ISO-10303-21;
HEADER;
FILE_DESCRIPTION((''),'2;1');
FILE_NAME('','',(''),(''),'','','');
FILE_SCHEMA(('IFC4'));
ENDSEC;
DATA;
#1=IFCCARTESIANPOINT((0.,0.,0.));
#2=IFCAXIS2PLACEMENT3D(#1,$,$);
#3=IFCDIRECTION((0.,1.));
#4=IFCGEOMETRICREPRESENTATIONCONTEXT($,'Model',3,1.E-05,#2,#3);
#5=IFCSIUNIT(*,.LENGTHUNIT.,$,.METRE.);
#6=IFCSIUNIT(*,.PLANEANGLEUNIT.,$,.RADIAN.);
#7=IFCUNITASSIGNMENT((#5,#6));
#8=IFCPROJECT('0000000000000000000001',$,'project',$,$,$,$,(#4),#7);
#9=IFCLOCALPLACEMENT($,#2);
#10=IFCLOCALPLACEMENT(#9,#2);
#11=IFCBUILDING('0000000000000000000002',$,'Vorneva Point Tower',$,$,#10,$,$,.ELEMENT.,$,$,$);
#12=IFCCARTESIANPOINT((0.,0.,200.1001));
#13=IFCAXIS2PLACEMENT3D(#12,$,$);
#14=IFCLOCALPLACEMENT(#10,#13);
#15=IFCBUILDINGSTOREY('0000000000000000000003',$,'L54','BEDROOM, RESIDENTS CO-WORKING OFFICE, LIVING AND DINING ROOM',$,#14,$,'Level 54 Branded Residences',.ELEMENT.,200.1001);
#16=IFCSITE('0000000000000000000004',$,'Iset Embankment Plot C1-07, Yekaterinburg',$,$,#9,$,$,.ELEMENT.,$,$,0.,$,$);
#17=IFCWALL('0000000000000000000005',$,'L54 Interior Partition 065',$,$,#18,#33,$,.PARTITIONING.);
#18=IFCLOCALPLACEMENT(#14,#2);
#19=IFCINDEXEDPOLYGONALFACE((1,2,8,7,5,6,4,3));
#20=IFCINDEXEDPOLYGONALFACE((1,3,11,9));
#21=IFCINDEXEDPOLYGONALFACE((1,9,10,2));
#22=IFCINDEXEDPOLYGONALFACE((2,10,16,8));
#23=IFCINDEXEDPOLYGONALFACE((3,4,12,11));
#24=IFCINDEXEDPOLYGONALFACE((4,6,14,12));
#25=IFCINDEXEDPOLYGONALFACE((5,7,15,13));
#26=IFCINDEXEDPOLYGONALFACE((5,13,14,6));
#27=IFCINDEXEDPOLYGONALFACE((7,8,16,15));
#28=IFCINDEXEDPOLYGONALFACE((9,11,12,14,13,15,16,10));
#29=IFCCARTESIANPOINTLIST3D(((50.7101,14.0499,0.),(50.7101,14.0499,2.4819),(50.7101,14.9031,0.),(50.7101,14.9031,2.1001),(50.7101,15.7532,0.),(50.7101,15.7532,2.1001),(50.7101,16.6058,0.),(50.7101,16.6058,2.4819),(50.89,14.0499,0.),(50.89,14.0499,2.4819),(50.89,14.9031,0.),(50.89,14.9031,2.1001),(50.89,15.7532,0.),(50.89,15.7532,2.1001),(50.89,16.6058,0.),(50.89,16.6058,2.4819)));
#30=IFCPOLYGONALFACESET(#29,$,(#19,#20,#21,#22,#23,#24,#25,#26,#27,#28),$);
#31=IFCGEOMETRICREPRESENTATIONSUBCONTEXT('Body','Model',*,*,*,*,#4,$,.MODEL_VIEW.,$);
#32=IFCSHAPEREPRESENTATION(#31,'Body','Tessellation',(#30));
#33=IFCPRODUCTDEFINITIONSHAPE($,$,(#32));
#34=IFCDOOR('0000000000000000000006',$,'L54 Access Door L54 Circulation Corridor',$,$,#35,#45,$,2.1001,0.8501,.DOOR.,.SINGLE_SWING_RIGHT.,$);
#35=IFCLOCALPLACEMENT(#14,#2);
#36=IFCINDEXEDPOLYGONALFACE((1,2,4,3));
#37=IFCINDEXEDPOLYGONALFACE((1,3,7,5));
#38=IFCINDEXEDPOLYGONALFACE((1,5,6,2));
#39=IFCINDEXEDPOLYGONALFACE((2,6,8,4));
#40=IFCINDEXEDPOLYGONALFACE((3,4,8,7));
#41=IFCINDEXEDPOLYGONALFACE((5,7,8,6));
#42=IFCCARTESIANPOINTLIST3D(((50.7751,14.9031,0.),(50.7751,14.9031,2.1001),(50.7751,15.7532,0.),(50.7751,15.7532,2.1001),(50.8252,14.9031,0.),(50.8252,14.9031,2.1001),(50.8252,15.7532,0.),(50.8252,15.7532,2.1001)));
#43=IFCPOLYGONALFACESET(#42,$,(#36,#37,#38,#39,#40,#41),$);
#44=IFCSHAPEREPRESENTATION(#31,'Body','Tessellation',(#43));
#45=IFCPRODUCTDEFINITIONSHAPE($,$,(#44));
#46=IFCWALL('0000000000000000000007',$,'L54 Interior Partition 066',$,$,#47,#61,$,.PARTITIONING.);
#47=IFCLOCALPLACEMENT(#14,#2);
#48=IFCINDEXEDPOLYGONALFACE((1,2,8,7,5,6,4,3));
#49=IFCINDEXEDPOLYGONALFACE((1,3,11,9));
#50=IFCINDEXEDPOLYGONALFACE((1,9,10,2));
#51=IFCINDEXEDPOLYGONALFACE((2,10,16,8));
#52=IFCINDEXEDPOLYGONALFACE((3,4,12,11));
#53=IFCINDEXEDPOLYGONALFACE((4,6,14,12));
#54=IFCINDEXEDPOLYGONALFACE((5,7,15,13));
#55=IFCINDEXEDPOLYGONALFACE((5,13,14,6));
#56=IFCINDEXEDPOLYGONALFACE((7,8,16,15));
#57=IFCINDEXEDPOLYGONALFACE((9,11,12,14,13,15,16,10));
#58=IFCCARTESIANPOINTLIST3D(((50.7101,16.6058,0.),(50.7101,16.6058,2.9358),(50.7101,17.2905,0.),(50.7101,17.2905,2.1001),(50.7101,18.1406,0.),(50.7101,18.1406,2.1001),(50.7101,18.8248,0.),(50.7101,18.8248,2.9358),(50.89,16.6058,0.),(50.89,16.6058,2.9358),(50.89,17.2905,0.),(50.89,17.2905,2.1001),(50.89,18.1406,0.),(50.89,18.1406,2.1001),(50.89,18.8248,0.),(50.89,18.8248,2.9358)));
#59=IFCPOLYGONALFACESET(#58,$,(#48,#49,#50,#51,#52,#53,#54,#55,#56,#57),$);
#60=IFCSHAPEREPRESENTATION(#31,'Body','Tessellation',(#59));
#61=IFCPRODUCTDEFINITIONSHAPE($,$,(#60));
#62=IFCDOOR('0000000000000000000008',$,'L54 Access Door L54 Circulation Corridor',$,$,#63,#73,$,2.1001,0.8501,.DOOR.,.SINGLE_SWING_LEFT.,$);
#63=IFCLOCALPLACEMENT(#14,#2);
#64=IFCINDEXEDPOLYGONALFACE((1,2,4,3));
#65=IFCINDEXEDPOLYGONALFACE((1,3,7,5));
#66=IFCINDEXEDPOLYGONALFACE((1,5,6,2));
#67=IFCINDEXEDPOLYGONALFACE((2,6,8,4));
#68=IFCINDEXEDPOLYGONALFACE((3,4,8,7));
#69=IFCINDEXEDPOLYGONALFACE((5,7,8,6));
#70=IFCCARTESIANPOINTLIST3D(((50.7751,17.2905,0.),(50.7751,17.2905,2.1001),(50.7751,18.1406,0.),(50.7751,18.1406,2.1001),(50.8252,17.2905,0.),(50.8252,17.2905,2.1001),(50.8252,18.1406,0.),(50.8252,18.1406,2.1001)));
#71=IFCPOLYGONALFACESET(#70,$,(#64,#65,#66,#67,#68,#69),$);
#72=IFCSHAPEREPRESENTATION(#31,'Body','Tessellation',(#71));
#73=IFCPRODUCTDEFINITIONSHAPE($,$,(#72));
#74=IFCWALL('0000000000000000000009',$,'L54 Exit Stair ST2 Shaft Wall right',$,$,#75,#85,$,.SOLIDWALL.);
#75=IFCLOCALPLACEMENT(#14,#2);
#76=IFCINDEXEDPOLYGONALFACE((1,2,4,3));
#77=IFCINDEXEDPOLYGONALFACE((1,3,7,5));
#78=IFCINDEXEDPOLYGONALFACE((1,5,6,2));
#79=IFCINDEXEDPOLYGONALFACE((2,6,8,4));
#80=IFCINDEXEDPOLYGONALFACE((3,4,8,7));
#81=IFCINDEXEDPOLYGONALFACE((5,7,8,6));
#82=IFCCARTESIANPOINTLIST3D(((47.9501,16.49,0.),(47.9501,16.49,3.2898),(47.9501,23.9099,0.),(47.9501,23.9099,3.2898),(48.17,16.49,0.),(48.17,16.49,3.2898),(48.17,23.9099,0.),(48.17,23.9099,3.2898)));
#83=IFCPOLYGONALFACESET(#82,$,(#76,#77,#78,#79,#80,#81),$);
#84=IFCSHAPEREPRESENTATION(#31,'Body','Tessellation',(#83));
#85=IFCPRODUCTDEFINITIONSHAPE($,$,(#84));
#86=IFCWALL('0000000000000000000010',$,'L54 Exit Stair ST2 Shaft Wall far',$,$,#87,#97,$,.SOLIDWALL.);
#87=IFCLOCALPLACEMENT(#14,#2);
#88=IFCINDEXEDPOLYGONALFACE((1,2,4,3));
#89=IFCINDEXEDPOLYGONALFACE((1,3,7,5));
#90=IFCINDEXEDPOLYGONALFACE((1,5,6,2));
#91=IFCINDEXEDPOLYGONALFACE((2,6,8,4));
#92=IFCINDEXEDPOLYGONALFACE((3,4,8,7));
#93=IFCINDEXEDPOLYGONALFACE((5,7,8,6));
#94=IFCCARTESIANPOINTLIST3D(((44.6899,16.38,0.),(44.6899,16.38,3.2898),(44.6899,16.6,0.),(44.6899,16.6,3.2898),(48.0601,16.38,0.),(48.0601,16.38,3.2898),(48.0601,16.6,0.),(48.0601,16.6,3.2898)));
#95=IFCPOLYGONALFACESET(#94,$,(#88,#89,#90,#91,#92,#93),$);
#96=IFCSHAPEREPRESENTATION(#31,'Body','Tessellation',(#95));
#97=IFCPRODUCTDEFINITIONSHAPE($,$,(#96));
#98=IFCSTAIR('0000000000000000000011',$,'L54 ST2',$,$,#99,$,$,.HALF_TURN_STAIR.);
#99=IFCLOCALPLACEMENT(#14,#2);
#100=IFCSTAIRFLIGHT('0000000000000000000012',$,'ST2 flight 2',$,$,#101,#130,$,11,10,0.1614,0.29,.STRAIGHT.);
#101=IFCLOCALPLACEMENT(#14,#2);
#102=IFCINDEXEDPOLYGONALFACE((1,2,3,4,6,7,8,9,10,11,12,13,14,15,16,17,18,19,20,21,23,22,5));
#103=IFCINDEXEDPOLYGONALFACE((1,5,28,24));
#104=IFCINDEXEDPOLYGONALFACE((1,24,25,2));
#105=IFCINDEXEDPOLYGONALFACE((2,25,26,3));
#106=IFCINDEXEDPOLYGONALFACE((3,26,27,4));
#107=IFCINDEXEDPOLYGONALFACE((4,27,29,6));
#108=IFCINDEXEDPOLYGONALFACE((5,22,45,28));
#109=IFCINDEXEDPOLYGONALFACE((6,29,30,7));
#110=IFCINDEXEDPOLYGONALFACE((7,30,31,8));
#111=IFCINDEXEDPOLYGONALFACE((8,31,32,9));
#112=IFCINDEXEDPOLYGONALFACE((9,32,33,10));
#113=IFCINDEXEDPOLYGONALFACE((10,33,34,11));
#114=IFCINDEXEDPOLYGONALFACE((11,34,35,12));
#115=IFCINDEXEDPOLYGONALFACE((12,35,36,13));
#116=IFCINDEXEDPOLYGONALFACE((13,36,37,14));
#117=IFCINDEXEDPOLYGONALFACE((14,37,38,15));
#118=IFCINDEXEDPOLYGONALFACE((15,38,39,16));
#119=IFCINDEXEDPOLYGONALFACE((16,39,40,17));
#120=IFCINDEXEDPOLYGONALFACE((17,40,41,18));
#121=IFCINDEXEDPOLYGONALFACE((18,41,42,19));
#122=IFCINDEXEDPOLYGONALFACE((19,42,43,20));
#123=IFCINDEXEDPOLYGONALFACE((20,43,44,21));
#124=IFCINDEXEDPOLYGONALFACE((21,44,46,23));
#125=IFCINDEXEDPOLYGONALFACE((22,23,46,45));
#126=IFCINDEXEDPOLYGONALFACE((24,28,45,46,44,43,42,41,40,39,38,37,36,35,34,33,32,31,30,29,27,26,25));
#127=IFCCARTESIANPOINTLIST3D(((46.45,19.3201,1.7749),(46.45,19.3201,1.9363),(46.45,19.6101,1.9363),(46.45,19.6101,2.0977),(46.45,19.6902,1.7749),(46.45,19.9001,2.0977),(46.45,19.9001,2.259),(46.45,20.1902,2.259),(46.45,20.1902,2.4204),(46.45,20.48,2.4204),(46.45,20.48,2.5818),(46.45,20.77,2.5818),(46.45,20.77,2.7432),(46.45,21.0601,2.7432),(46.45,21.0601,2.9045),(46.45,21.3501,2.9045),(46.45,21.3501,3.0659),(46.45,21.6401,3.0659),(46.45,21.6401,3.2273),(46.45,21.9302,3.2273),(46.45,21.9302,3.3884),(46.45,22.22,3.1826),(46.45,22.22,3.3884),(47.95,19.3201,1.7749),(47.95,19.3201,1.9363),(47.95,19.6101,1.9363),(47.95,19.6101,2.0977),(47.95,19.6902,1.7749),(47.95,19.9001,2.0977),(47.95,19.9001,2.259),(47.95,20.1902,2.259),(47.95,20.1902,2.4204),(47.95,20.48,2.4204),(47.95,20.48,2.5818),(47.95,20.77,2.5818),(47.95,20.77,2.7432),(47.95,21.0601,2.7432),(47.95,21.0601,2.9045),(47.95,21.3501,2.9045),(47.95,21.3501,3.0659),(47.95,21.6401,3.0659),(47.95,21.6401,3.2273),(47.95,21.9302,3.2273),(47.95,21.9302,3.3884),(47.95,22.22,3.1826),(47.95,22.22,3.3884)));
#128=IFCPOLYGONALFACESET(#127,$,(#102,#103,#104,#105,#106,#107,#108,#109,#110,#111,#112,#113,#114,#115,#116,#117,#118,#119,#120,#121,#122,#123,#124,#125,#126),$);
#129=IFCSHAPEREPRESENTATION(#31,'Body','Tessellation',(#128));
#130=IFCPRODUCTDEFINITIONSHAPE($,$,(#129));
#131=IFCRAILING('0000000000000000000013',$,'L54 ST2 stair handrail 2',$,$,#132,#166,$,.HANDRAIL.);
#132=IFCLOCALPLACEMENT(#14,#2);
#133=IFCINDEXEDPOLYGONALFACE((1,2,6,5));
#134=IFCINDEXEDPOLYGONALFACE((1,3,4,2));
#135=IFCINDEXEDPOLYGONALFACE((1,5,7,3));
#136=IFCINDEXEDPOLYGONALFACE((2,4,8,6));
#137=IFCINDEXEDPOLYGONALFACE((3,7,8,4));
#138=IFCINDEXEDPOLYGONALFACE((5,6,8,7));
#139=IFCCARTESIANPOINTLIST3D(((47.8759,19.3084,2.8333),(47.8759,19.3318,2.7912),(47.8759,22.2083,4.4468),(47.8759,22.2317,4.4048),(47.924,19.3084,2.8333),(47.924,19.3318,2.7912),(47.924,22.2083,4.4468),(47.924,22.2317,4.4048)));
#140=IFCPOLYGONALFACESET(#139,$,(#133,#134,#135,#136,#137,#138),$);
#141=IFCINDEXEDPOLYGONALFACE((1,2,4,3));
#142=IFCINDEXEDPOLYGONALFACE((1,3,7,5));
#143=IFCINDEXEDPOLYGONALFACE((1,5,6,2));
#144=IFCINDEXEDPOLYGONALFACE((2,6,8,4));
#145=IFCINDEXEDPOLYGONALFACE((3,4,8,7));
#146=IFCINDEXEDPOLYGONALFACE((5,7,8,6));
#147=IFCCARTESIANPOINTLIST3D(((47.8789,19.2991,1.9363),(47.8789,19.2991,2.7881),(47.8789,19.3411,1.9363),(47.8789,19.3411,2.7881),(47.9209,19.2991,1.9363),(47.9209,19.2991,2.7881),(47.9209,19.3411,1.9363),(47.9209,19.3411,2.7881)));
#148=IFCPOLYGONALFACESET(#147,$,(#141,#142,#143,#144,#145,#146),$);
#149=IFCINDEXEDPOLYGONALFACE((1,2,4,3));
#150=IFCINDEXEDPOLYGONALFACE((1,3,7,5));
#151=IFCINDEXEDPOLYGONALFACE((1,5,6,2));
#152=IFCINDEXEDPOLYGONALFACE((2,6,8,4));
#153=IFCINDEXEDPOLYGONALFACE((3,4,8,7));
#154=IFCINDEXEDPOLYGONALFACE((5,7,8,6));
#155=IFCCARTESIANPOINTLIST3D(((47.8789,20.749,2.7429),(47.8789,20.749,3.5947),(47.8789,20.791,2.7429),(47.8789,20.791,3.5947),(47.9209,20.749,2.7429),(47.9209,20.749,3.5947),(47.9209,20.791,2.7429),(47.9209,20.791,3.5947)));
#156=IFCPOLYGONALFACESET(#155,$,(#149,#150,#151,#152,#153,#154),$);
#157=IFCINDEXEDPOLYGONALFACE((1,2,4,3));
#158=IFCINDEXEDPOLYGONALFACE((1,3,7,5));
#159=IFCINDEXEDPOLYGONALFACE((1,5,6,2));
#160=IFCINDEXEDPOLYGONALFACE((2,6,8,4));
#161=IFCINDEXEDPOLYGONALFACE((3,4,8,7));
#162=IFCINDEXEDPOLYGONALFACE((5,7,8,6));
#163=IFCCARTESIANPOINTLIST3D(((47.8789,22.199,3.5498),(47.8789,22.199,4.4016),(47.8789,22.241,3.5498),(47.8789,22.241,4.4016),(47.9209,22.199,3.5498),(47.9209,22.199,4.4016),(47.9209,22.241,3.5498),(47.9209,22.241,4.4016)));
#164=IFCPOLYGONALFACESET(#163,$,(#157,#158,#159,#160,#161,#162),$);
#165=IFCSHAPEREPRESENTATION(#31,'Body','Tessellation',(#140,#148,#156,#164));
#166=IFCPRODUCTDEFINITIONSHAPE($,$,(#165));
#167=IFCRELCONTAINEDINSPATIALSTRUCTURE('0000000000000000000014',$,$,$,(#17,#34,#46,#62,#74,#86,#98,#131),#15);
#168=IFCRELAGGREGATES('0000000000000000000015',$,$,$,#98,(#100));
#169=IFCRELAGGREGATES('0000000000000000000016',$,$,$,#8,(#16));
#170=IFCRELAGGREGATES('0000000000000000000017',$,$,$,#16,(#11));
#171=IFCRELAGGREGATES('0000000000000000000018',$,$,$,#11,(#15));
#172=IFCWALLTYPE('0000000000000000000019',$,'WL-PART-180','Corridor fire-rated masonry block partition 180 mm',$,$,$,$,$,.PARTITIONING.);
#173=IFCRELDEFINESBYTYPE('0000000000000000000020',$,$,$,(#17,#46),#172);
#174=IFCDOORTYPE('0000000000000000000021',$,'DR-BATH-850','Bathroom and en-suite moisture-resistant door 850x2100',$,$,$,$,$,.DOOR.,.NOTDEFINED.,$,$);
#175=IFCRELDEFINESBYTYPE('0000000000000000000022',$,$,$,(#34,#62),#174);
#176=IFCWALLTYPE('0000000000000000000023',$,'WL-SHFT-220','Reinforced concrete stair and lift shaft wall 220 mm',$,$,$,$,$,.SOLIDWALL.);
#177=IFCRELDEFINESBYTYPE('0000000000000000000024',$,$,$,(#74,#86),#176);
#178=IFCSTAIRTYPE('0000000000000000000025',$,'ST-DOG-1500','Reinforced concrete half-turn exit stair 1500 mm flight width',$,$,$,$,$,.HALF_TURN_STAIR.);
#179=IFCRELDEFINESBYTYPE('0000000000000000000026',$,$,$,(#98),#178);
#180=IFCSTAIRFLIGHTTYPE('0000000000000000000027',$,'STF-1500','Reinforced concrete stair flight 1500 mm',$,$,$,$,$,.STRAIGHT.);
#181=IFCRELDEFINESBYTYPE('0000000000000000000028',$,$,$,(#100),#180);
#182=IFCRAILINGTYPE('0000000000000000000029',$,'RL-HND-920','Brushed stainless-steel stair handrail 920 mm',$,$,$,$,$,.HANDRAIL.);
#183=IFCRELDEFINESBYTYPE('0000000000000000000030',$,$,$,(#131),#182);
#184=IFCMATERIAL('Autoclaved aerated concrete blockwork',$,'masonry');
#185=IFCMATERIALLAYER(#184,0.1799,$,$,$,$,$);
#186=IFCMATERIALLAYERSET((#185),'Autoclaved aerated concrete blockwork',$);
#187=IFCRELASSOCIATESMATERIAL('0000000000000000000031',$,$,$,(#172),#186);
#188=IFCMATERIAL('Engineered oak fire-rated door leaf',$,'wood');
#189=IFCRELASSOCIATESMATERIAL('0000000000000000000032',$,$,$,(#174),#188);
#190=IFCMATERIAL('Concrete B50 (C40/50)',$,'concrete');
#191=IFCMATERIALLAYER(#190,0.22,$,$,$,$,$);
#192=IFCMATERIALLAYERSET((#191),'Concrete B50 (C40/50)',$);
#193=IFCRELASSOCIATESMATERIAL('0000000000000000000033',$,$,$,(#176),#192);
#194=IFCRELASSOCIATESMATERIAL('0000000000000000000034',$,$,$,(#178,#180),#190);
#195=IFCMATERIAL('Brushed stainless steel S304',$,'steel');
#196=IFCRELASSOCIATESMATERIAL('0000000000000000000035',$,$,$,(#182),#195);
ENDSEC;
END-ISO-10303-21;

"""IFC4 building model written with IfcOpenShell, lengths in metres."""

from ifc_helpers import new_model, si_unit, direction, frame, frame_2d, origin, origin_2d, place, context, subcontext, project, spatial, polyline, rectangle, outline, extrude, material, layer, layer_set, type_object, element, fill, aggregate, save


model = new_model("IFC4")

# Units and contexts
model_context = context("Model", 3, precision=1e-05, world=origin(), true_north=direction((0.0, 1.0)))
body_context = subcontext(model_context, "Body", "Model", "MODEL_VIEW")
ifc_project = project(units=[si_unit("LENGTHUNIT", "METRE"), si_unit("PLANEANGLEUNIT", "RADIAN")], contexts=[model_context])

# Site, building, storey
site_placement = place(None, origin())
site = spatial("IfcSite", under=ifc_project, at=site_placement, Name="Iset Embankment Plot C1-07, Yekaterinburg", CompositionType="ELEMENT", RefElevation=0.0)
building_placement = place(site_placement, origin())
building = spatial("IfcBuilding", under=site, at=building_placement, Name="Vorneva Point Tower", CompositionType="ELEMENT")
storey_placement = place(building_placement, frame((0.0, 0.0, 200.1001)))
storey = spatial("IfcBuildingStorey", under=building, at=storey_placement, Name="L54", Description="BEDROOM, RESIDENTS CO-WORKING OFFICE, LIVING AND DINING ROOM", LongName="Level 54 Branded Residences", CompositionType="ELEMENT", Elevation=200.1001)

# Shared definitions
ifc_material_1 = material(Name="Concrete B50 (C40/50)", Category="concrete")

# Shared definitions
ifc_material_2 = material(Name="Engineered oak fire-rated door leaf", Category="wood")

# Walls, openings, doors
ifc_material_3 = material(Name="Autoclaved aerated concrete blockwork", Category="masonry")
ifc_layer_1 = layer(ifc_material_3, 0.1799)
ifc_layer_set_1 = layer_set([ifc_layer_1], Name="Autoclaved aerated concrete blockwork")
wall_type_1 = type_object("IfcWallType", Name="WL-PART-180", Description="Corridor fire-rated masonry block partition 180 mm", PredefinedType="PARTITIONING", material=ifc_layer_set_1)
door_type_1 = type_object("IfcDoorType", Name="DR-BATH-850", Description="Bathroom and en-suite moisture-resistant door 850x2100", OperationType="NOTDEFINED", PredefinedType="DOOR", material=ifc_material_2)
wall_1_placement = place(storey_placement, frame((50.8, 14.05, 0.0), z_axis=(0.0, 0.0, 1.0), x_axis=(0.0, 1.0, 0.0)))
wall_1 = element("IfcWall", 1, at=wall_1_placement, inside=storey, type_object=wall_type_1, Name="L54 Interior Partition 065", PredefinedType="PARTITIONING", context=body_context, shape_type="SweptSolid", body=[
    extrude(rectangle(XDim=2.5559, YDim=0.1799, at=frame_2d((1.2778, 0.0))), origin(), (0.0, 0.0, 1.0), 2.4819),
])
opening_1_placement = place(wall_1_placement, frame((0.853, 0.0, 0.0)))
opening_1 = element("IfcOpeningElement", 2, at=opening_1_placement, cuts=wall_1, PredefinedType="OPENING", context=body_context, shape_type="SweptSolid", body=[
    extrude(rectangle(XDim=0.8501, YDim=2.1001, at=frame_2d((0.425, 1.05))), frame((0.0, 0.105, 0.0), z_axis=(0.0, -1.0, 0.0), x_axis=(1.0, 0.0, 0.0)), (0.0, 0.0, 1.0), 0.2097),
])
door_1_placement = place(opening_1_placement, origin())
door_1 = element("IfcDoor", 3, at=door_1_placement, inside=storey, type_object=door_type_1, Name="L54 Access Door L54 Circulation Corridor", OperationType="SINGLE_SWING_RIGHT", OverallHeight=2.1001, OverallWidth=0.8501, PredefinedType="DOOR", context=body_context, shape_type="SweptSolid", body=[
    extrude(rectangle(XDim=0.8501, YDim=2.1001, at=frame_2d((0.425, 1.05))), frame((0.0, 0.0249, 0.0), z_axis=(0.0, -1.0, 0.0), x_axis=(1.0, 0.0, 0.0)), (0.0, 0.0, 1.0), 0.05),
])
fill(opening_1, door_1)
wall_2_placement = place(storey_placement, frame((50.8, 16.606, 0.0), z_axis=(0.0, 0.0, 1.0), x_axis=(0.0, 1.0, 0.0)))
wall_2 = element("IfcWall", 4, at=wall_2_placement, inside=storey, type_object=wall_type_1, Name="L54 Interior Partition 066", PredefinedType="PARTITIONING", context=body_context, shape_type="SweptSolid", body=[
    extrude(rectangle(XDim=2.219, YDim=0.1799, at=frame_2d((1.1094, 0.0))), origin(), (0.0, 0.0, 1.0), 2.9358),
])
opening_2_placement = place(wall_2_placement, frame((0.6846, 0.0, 0.0)))
opening_2 = element("IfcOpeningElement", 5, at=opening_2_placement, cuts=wall_2, PredefinedType="OPENING", context=body_context, shape_type="SweptSolid", body=[
    extrude(rectangle(XDim=0.8501, YDim=2.1001, at=frame_2d((0.425, 1.05))), frame((0.0, 0.105, 0.0), z_axis=(0.0, -1.0, 0.0), x_axis=(1.0, 0.0, 0.0)), (0.0, 0.0, 1.0), 0.2097),
])
door_2_placement = place(opening_2_placement, origin())
door_2 = element("IfcDoor", 6, at=door_2_placement, inside=storey, type_object=door_type_1, Name="L54 Access Door L54 Circulation Corridor", OperationType="SINGLE_SWING_LEFT", OverallHeight=2.1001, OverallWidth=0.8501, PredefinedType="DOOR", context=body_context, shape_type="SweptSolid", body=[
    extrude(rectangle(XDim=0.8501, YDim=2.1001, at=frame_2d((0.425, 1.05))), frame((0.0, 0.0249, 0.0), z_axis=(0.0, -1.0, 0.0), x_axis=(1.0, 0.0, 0.0)), (0.0, 0.0, 1.0), 0.05),
])
fill(opening_2, door_2)

# Walls
ifc_layer_2 = layer(ifc_material_1, 0.22)
ifc_layer_set_2 = layer_set([ifc_layer_2], Name="Concrete B50 (C40/50)")
wall_type_2 = type_object("IfcWallType", Name="WL-SHFT-220", Description="Reinforced concrete stair and lift shaft wall 220 mm", PredefinedType="SOLIDWALL", material=ifc_layer_set_2)
wall_3_placement = place(storey_placement, frame((48.0601, 23.9099, 0.0), z_axis=(0.0, 0.0, 1.0), x_axis=(0.0, -1.0, 0.0)))
element("IfcWall", 7, at=wall_3_placement, inside=storey, type_object=wall_type_2, Name="L54 Exit Stair ST2 Shaft Wall right", PredefinedType="SOLIDWALL", context=body_context, shape_type="SweptSolid", body=[
    extrude(rectangle(XDim=7.4199, YDim=0.22, at=frame_2d((3.71, 0.0))), origin(), (0.0, 0.0, 1.0), 3.2898),
])
wall_4_placement = place(storey_placement, frame((48.0601, 16.49, 0.0), z_axis=(0.0, 0.0, 1.0), x_axis=(-1.0, 0.0, 0.0)))
element("IfcWall", 8, at=wall_4_placement, inside=storey, type_object=wall_type_2, Name="L54 Exit Stair ST2 Shaft Wall far", PredefinedType="SOLIDWALL", context=body_context, shape_type="SweptSolid", body=[
    extrude(rectangle(XDim=3.3701, YDim=0.22, at=frame_2d((1.6851, 0.0))), origin(), (0.0, 0.0, 1.0), 3.2898),
])

# Stair, stair flight
stair_type = type_object("IfcStairType", Name="ST-DOG-1500", Description="Reinforced concrete half-turn exit stair 1500 mm flight width", PredefinedType="HALF_TURN_STAIR", material=ifc_material_1)
stair_placement = place(storey_placement, origin())
stair = element("IfcStair", 9, at=stair_placement, inside=storey, type_object=stair_type, Name="L54 ST2", PredefinedType="HALF_TURN_STAIR")
stair_flight_type = type_object("IfcStairFlightType", Name="STF-1500", Description="Reinforced concrete stair flight 1500 mm", PredefinedType="STRAIGHT", material=ifc_material_1)
stair_flight_placement = place(storey_placement, frame((47.2, 19.3201, 1.7749), z_axis=(0.0, 0.0, 1.0), x_axis=(0.0, 1.0, 0.0)))
stair_flight = element("IfcStairFlight", 10, at=stair_flight_placement, type_object=stair_flight_type, Name="ST2 flight 2", NumberOfRisers=11, NumberOfTreads=10, PredefinedType="STRAIGHT", RiserHeight=0.1614, TreadLength=0.29, context=body_context, shape_type="SweptSolid", body=[
    extrude(outline(polyline([(0.0, 0.0), (0.0, 0.1614), (0.29, 0.1614), (0.29, 0.3228), (0.5801, 0.3228), (0.5801, 0.4841), (0.8701, 0.4841), (0.8701, 0.6455), (1.1599, 0.6455), (1.1599, 0.8069), (1.45, 0.8069), (1.45, 0.9683), (1.74, 0.9683), (1.74, 1.1296), (2.03, 1.1296), (2.03, 1.291), (2.3201, 1.291), (2.3201, 1.4524), (2.6101, 1.4524), (2.6101, 1.6135), (2.8999, 1.6135), (2.8999, 1.7749), (2.8999, 1.4077), (0.3701, 0.0), (0.0, 0.0)])), frame((0.0, 0.75, 0.0), z_axis=(0.0, -1.0, 0.0), x_axis=(1.0, 0.0, 0.0)), (0.0, 0.0, 1.0), 1.5),
])
aggregate(stair, [stair_flight])

# Railing
ifc_material_4 = material(Name="Brushed stainless steel S304", Category="steel")
railing_type_1 = type_object("IfcRailingType", Name="RL-HND-920", Description="Brushed stainless-steel stair handrail 920 mm", PredefinedType="HANDRAIL", material=ifc_material_4)
railing_1_placement = place(storey_placement, frame((47.8999, 19.3201, 1.9363)))
element("IfcRailing", 11, at=railing_1_placement, inside=storey, type_object=railing_type_1, Name="L54 ST2 stair handrail 2", PredefinedType="HANDRAIL", context=body_context, shape_type="SweptSolid", body=[
    extrude(rectangle(XDim=0.0481, YDim=0.0481, at=origin_2d()), frame((0.0, 0.0, 0.876), z_axis=(0.0, 0.873841, 0.486211), x_axis=(-1.0, 0.0, 0.0)), (0.0, 0.0, 1.0), 3.3186),
    extrude(rectangle(XDim=0.042, YDim=0.042, at=origin_2d()), origin(), (0.0, 0.0, 1.0), 0.8518),
    extrude(rectangle(XDim=0.042, YDim=0.042, at=origin_2d()), frame((0.0, 1.45, 0.8066)), (0.0, 0.0, 1.0), 0.8518),
    extrude(rectangle(XDim=0.042, YDim=0.042, at=origin_2d()), frame((0.0, 2.8999, 1.6135)), (0.0, 0.0, 1.0), 0.8518),
])

save(model, "model.ifc")
